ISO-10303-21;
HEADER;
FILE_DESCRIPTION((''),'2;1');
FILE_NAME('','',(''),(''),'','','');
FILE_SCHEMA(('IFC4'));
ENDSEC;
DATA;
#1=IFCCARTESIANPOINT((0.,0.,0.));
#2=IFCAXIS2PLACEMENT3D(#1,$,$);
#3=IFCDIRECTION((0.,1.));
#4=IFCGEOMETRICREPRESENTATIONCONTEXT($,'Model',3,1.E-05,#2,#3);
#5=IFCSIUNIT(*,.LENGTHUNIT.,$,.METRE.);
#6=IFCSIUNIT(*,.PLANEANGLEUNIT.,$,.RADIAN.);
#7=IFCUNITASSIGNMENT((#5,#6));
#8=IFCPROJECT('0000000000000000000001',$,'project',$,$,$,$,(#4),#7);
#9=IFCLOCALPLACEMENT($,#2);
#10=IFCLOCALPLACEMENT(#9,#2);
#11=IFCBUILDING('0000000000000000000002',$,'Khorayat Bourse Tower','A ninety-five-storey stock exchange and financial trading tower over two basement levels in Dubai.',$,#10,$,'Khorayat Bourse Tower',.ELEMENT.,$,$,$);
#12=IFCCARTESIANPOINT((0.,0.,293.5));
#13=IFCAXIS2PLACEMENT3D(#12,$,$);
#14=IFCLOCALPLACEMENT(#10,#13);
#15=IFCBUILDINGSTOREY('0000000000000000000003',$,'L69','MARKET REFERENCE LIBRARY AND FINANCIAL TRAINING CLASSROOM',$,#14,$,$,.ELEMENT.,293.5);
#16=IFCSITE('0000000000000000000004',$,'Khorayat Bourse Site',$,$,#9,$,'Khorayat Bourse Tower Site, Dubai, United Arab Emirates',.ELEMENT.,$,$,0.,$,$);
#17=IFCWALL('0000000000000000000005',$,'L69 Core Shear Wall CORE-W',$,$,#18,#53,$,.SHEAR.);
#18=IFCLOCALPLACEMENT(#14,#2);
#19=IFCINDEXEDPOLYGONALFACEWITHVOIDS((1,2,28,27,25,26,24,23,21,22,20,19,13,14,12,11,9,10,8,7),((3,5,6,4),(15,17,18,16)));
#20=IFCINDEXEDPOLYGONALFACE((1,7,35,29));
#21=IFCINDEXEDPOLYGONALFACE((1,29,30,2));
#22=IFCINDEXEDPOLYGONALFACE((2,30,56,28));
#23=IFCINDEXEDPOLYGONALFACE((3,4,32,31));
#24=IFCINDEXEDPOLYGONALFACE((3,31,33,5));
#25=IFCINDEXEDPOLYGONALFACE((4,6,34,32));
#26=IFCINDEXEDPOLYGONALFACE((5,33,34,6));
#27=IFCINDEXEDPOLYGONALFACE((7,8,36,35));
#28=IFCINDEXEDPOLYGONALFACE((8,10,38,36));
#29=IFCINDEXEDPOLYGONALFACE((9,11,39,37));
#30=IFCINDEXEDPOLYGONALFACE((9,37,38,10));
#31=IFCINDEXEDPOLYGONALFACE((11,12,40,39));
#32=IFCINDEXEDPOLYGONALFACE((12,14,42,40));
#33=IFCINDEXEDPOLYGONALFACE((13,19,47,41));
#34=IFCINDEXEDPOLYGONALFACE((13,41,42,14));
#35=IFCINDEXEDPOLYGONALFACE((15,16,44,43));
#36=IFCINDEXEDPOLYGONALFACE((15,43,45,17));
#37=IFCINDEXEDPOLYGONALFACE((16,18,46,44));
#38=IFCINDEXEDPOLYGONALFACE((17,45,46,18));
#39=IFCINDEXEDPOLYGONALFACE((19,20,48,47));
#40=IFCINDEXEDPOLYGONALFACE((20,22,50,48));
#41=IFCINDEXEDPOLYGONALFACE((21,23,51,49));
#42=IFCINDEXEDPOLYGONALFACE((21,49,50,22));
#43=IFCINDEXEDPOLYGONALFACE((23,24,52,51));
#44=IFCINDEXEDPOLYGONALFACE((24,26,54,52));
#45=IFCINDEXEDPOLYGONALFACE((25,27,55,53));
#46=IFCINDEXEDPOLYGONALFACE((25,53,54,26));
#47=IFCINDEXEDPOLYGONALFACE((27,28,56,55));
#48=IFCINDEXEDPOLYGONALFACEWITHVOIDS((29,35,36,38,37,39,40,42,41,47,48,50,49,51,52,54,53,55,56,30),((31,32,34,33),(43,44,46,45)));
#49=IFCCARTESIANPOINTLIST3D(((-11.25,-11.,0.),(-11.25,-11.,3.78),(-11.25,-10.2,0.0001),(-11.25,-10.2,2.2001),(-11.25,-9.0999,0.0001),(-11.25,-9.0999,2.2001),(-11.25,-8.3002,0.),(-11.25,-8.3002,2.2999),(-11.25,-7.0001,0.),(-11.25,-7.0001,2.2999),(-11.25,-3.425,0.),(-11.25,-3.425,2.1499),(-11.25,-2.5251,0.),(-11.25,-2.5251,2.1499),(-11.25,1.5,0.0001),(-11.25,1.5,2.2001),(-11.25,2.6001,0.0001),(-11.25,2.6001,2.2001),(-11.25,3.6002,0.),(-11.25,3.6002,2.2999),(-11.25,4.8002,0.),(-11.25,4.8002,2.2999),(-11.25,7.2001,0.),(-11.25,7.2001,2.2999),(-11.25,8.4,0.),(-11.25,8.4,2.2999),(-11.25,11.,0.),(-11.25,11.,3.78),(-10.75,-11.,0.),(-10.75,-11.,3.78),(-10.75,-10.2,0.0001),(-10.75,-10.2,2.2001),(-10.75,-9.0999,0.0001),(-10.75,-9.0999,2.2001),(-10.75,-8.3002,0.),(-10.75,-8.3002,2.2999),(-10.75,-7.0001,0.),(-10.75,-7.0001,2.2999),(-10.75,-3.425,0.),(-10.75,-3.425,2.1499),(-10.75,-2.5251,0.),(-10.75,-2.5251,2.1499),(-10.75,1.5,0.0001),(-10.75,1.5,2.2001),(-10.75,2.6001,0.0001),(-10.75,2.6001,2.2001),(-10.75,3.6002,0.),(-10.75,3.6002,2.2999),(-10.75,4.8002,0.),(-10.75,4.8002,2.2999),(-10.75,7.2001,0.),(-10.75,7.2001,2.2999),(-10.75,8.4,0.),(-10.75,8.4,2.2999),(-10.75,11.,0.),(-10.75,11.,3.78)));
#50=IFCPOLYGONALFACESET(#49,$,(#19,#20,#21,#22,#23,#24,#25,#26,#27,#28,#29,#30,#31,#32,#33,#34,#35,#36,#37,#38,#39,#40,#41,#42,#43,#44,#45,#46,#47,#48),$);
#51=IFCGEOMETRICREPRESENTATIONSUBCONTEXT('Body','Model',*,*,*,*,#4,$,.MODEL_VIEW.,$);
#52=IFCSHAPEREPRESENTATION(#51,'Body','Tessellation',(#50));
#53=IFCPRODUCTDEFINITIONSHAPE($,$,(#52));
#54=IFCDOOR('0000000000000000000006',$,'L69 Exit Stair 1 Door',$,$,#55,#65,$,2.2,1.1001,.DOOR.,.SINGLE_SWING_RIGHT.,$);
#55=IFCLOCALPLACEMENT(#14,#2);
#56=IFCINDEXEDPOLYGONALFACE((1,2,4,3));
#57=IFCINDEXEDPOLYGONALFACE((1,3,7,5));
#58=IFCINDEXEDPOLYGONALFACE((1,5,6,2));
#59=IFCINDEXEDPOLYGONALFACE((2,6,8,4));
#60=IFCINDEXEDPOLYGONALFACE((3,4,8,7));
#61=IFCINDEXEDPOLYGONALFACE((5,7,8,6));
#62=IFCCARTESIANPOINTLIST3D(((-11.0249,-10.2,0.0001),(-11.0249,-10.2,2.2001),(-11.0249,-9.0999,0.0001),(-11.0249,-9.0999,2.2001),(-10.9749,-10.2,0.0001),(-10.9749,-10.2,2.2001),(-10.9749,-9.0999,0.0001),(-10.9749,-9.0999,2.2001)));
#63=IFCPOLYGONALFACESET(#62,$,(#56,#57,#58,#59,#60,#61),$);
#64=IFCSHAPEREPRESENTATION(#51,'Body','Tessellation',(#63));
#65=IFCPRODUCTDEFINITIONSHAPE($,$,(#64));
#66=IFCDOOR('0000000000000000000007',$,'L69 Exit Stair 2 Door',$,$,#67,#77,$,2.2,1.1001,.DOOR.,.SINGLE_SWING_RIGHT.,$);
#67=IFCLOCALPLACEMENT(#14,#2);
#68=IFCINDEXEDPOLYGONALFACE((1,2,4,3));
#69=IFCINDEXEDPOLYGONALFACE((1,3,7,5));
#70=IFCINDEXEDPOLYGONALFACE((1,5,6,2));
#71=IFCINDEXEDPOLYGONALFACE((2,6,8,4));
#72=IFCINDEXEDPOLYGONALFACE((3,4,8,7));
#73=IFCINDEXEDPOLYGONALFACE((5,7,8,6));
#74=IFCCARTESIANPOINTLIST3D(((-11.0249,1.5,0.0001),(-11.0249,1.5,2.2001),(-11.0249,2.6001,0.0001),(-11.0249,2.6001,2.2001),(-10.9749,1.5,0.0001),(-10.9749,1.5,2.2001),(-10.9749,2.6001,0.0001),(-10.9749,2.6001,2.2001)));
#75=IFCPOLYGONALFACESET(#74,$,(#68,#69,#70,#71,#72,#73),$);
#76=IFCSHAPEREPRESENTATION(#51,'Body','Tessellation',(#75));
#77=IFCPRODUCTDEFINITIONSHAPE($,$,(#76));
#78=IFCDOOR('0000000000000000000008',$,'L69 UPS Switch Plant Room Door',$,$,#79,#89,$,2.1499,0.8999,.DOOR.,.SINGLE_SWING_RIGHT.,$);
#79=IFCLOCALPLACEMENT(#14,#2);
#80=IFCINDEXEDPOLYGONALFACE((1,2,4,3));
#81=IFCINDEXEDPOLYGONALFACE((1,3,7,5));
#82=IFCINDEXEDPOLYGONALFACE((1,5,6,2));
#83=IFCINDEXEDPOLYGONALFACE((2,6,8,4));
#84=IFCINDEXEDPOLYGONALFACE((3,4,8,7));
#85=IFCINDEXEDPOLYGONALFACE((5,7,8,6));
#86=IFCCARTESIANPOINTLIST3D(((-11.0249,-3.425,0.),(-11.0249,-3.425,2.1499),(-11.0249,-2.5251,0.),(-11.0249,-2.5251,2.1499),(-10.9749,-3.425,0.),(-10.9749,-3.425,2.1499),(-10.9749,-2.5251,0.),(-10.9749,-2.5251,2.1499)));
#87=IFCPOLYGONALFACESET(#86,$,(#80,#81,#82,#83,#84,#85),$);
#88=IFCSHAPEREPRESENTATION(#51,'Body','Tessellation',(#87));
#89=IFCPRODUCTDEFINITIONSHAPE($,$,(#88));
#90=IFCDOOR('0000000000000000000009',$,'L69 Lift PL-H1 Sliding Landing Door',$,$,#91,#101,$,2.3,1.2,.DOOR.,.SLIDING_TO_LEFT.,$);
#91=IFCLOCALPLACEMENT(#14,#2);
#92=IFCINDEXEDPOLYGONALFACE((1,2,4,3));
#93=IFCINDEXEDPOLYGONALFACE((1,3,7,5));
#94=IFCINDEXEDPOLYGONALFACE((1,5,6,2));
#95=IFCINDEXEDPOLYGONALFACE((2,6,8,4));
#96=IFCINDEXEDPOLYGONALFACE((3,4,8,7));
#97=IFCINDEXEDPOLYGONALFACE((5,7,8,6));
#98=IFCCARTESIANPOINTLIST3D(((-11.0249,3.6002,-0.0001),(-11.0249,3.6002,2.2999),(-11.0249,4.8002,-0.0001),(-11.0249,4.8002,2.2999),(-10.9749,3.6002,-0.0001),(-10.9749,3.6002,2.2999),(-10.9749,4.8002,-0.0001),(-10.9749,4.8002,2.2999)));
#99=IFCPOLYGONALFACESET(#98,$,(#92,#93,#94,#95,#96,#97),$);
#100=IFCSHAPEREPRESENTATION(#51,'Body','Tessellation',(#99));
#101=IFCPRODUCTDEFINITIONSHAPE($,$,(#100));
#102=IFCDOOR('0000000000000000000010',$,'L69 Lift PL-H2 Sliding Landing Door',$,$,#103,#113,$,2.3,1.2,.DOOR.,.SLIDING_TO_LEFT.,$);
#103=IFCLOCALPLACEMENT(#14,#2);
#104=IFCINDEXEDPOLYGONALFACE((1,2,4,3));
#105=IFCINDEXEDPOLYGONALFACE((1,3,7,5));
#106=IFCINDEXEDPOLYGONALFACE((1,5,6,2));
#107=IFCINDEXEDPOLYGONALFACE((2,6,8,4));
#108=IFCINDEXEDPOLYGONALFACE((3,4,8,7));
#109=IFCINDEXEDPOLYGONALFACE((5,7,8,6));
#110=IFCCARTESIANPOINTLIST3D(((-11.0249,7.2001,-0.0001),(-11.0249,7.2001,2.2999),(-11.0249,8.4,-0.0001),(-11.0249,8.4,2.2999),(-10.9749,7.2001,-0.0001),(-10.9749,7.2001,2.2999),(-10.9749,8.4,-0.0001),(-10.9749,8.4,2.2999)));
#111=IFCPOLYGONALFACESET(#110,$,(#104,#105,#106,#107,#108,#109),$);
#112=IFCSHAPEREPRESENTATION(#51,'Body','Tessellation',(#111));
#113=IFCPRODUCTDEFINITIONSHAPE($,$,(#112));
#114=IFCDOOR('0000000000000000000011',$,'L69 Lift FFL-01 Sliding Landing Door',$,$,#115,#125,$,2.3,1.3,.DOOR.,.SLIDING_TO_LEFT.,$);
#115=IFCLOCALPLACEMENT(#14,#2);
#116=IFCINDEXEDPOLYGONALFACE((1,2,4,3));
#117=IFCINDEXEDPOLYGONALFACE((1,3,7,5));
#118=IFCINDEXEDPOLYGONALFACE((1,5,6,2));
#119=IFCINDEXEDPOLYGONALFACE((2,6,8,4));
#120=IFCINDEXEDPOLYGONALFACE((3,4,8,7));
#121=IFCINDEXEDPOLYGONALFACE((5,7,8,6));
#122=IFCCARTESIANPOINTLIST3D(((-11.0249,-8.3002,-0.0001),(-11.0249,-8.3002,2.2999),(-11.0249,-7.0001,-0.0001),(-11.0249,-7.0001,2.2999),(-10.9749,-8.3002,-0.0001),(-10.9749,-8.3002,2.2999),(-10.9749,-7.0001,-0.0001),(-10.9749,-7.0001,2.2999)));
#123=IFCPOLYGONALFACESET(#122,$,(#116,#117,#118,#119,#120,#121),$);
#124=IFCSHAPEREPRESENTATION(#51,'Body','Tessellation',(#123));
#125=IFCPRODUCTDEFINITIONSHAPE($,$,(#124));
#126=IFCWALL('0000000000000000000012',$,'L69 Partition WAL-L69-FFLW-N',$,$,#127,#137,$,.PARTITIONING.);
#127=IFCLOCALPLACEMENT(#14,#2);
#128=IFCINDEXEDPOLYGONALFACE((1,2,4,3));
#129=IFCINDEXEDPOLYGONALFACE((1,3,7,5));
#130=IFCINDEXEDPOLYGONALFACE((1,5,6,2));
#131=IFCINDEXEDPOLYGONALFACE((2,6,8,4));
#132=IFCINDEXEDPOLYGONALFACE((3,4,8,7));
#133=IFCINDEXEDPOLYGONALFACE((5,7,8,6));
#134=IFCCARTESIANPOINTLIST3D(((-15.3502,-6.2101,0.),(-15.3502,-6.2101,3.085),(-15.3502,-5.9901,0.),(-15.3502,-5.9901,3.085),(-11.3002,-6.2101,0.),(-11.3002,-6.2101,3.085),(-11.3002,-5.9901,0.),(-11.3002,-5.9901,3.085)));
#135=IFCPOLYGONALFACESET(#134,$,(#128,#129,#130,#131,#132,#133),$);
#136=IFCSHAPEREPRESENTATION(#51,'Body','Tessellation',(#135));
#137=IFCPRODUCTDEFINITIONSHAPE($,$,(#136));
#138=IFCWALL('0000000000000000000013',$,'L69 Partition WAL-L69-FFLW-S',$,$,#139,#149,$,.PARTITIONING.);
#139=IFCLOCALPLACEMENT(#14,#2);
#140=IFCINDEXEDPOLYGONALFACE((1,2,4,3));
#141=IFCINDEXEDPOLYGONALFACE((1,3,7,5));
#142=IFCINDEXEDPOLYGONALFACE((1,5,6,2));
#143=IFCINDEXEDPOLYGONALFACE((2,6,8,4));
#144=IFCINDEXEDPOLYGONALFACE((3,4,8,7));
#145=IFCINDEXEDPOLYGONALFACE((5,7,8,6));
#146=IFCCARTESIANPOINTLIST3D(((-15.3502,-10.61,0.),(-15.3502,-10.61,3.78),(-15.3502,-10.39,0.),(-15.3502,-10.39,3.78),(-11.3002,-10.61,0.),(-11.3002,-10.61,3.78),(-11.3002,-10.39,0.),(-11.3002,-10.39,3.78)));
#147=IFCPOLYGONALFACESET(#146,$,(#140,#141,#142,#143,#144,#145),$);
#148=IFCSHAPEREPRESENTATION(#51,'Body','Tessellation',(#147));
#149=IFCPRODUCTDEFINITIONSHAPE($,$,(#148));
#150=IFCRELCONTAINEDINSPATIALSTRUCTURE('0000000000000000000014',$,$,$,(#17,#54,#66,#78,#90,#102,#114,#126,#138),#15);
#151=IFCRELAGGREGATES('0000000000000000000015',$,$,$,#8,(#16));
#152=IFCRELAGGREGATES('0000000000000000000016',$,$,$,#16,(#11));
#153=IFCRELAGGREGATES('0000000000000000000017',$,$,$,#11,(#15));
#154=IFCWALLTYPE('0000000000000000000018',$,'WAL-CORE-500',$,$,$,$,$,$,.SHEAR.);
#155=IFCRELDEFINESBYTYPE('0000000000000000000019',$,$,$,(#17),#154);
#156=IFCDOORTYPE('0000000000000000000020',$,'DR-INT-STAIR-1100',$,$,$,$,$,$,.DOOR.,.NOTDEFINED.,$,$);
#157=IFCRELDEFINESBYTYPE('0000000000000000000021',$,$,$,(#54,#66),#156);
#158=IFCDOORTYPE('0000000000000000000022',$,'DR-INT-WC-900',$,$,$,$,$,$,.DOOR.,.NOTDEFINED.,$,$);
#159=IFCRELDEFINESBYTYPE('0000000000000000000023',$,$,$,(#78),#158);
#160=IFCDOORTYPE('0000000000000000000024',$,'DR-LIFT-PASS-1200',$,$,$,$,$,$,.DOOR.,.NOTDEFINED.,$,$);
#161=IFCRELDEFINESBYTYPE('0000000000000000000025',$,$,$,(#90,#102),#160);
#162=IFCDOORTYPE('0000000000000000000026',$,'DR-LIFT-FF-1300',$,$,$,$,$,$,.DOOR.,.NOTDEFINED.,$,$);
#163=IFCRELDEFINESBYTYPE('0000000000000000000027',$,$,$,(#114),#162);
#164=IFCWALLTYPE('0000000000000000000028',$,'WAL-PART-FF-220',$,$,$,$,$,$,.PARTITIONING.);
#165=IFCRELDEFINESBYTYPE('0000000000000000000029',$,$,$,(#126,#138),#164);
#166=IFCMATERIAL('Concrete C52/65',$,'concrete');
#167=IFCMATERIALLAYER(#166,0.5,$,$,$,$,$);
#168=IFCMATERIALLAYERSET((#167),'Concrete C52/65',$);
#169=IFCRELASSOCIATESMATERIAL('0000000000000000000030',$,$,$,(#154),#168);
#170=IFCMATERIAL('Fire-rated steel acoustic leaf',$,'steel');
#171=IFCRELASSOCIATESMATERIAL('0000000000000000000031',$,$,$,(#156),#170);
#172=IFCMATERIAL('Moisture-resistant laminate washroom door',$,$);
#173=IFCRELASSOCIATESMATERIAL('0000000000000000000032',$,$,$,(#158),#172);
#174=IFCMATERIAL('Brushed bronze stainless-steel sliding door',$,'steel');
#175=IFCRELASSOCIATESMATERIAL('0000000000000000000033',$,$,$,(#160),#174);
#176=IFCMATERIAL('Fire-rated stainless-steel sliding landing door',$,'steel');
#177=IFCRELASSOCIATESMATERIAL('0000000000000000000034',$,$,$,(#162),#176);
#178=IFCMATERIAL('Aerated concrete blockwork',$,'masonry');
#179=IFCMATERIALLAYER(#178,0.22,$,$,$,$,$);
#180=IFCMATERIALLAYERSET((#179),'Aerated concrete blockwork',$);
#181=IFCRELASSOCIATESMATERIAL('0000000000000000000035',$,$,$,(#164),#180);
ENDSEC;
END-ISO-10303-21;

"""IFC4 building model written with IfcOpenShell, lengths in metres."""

from ifc_helpers import new_model, si_unit, direction, frame, frame_2d, origin, place, context, subcontext, project, spatial, rectangle, extrude, source, transform, mapped, material, layer, layer_set, type_object, element, fill, save


model = new_model("IFC4")

# Units and contexts
model_context = context("Model", 3, precision=1e-05, world=origin(), true_north=direction((0.0, 1.0)))
body_context = subcontext(model_context, "Body", "Model", "MODEL_VIEW")
ifc_project = project(units=[si_unit("LENGTHUNIT", "METRE"), si_unit("PLANEANGLEUNIT", "RADIAN")], contexts=[model_context])

# Site, building, storey
site_placement = place(None, origin())
site = spatial("IfcSite", under=ifc_project, at=site_placement, Name="Khorayat Bourse Site", LongName="Khorayat Bourse Tower Site, Dubai, United Arab Emirates", CompositionType="ELEMENT", RefElevation=0.0)
building_placement = place(site_placement, origin())
building = spatial("IfcBuilding", under=site, at=building_placement, Name="Khorayat Bourse Tower", Description="A ninety-five-storey stock exchange and financial trading tower over two basement levels in Dubai.", LongName="Khorayat Bourse Tower", CompositionType="ELEMENT")
storey_placement = place(building_placement, frame((0.0, 0.0, 293.5)))
storey = spatial("IfcBuildingStorey", under=building, at=storey_placement, Name="L69", Description="MARKET REFERENCE LIBRARY AND FINANCIAL TRAINING CLASSROOM", CompositionType="ELEMENT", Elevation=293.5)

# Shared definitions
ifc_material_1 = material(Name="Concrete C52/65", Category="concrete")

# Wall, openings, doors
ifc_layer_1 = layer(ifc_material_1, 0.5)
ifc_layer_set_1 = layer_set([ifc_layer_1], Name="Concrete C52/65")
wall_type_1 = type_object("IfcWallType", Name="WAL-CORE-500", PredefinedType="SHEAR", material=ifc_layer_set_1)
shared_shape_1 = source(origin(), body_context, "Body", "SweptSolid", [
    extrude(rectangle(XDim=22.0, YDim=0.5, at=frame_2d((11.0, 0.0))), origin(), (0.0, 0.0, 1.0), 3.78),
])
wall_1_placement = place(storey_placement, frame((-11.0, -11.0, 0.0), z_axis=(0.0, 0.0, 1.0), x_axis=(0.0, 1.0, 0.0)))
wall_1 = element("IfcWall", 1, at=wall_1_placement, inside=storey, type_object=wall_type_1, Name="L69 Core Shear Wall CORE-W", PredefinedType="SHEAR", context=body_context, shape_type="MappedRepresentation", body=[
    mapped(shared_shape_1, transform((0.0, 0.0, 0.0), scale=1.0)),
])
shared_shape_2 = source(origin(), body_context, "Body", "SweptSolid", [
    extrude(rectangle(XDim=1.1001, YDim=2.2, at=frame_2d((0.55, 1.1001))), frame((0.0, 0.26, 0.0), z_axis=(0.0, -1.0, 0.0), x_axis=(1.0, 0.0, 0.0)), (0.0, 0.0, 1.0), 0.52),
])
opening_1_placement = place(wall_1_placement, frame((0.8, 0.0, 0.0)))
opening_1 = element("IfcOpeningElement", 2, at=opening_1_placement, cuts=wall_1, PredefinedType="OPENING", context=body_context, shape_type="MappedRepresentation", body=[
    mapped(shared_shape_2, transform((0.0, 0.0, 0.0), scale=1.0)),
])
opening_2_placement = place(wall_1_placement, frame((12.5, 0.0, 0.0)))
opening_2 = element("IfcOpeningElement", 3, at=opening_2_placement, cuts=wall_1, PredefinedType="OPENING", context=body_context, shape_type="MappedRepresentation", body=[
    mapped(shared_shape_2, transform((0.0, 0.0, 0.0), scale=1.0)),
])
shared_shape_3 = source(origin(), body_context, "Body", "SweptSolid", [
    extrude(rectangle(XDim=0.8999, YDim=2.1499, at=frame_2d((0.45, 1.075))), frame((0.0, 0.26, 0.0), z_axis=(0.0, -1.0, 0.0), x_axis=(1.0, 0.0, 0.0)), (0.0, 0.0, 1.0), 0.52),
])
opening_3_placement = place(wall_1_placement, frame((7.575, 0.0, 0.0)))
opening_3 = element("IfcOpeningElement", 4, at=opening_3_placement, cuts=wall_1, PredefinedType="OPENING", context=body_context, shape_type="MappedRepresentation", body=[
    mapped(shared_shape_3, transform((0.0, 0.0, 0.0), scale=1.0)),
])
shared_shape_4 = source(origin(), body_context, "Body", "SweptSolid", [
    extrude(rectangle(XDim=1.2, YDim=2.3, at=frame_2d((0.6001, 1.1499))), frame((0.0, 0.26, 0.0), z_axis=(0.0, -1.0, 0.0), x_axis=(1.0, 0.0, 0.0)), (0.0, 0.0, 1.0), 0.52),
])
opening_4_placement = place(wall_1_placement, frame((14.6001, 0.0, 0.0)))
opening_4 = element("IfcOpeningElement", 5, at=opening_4_placement, cuts=wall_1, PredefinedType="OPENING", context=body_context, shape_type="MappedRepresentation", body=[
    mapped(shared_shape_4, transform((0.0, 0.0, 0.0), scale=1.0)),
])
opening_5_placement = place(wall_1_placement, frame((18.2, 0.0, 0.0)))
opening_5 = element("IfcOpeningElement", 6, at=opening_5_placement, cuts=wall_1, PredefinedType="OPENING", context=body_context, shape_type="MappedRepresentation", body=[
    mapped(shared_shape_4, transform((0.0, 0.0, 0.0), scale=1.0)),
])
shared_shape_5 = source(origin(), body_context, "Body", "SweptSolid", [
    extrude(rectangle(XDim=1.3, YDim=2.3, at=frame_2d((0.6499, 1.1499))), frame((0.0, 0.26, 0.0), z_axis=(0.0, -1.0, 0.0), x_axis=(1.0, 0.0, 0.0)), (0.0, 0.0, 1.0), 0.52),
])
opening_6_placement = place(wall_1_placement, frame((2.7, 0.0, 0.0)))
opening_6 = element("IfcOpeningElement", 7, at=opening_6_placement, cuts=wall_1, PredefinedType="OPENING", context=body_context, shape_type="MappedRepresentation", body=[
    mapped(shared_shape_5, transform((0.0, 0.0, 0.0), scale=1.0)),
])
ifc_material_2 = material(Name="Fire-rated steel acoustic leaf", Category="steel")
door_type_1 = type_object("IfcDoorType", Name="DR-INT-STAIR-1100", OperationType="NOTDEFINED", PredefinedType="DOOR", material=ifc_material_2)
shared_shape_6 = source(origin(), body_context, "Body", "SweptSolid", [
    extrude(rectangle(XDim=1.1001, YDim=2.2, at=frame_2d((0.55, 1.1001))), frame((0.0, 0.0249, 0.0), z_axis=(0.0, -1.0, 0.0), x_axis=(1.0, 0.0, 0.0)), (0.0, 0.0, 1.0), 0.05),
])
door_1_placement = place(opening_1_placement, origin())
door_1 = element("IfcDoor", 8, at=door_1_placement, inside=storey, type_object=door_type_1, Name="L69 Exit Stair 1 Door", OperationType="SINGLE_SWING_RIGHT", OverallHeight=2.2, OverallWidth=1.1001, PredefinedType="DOOR", context=body_context, shape_type="MappedRepresentation", body=[
    mapped(shared_shape_6, transform((0.0, 0.0, 0.0), scale=1.0)),
])
fill(opening_1, door_1)
door_2_placement = place(opening_2_placement, origin())
door_2 = element("IfcDoor", 9, at=door_2_placement, inside=storey, type_object=door_type_1, Name="L69 Exit Stair 2 Door", OperationType="SINGLE_SWING_RIGHT", OverallHeight=2.2, OverallWidth=1.1001, PredefinedType="DOOR", context=body_context, shape_type="MappedRepresentation", body=[
    mapped(shared_shape_6, transform((0.0, 0.0, 0.0), scale=1.0)),
])
fill(opening_2, door_2)
ifc_material_3 = material(Name="Moisture-resistant laminate washroom door")
door_type_2 = type_object("IfcDoorType", Name="DR-INT-WC-900", OperationType="NOTDEFINED", PredefinedType="DOOR", material=ifc_material_3)
shared_shape_7 = source(origin(), body_context, "Body", "SweptSolid", [
    extrude(rectangle(XDim=0.8999, YDim=2.1499, at=frame_2d((0.45, 1.075))), frame((0.0, 0.0249, 0.0), z_axis=(0.0, -1.0, 0.0), x_axis=(1.0, 0.0, 0.0)), (0.0, 0.0, 1.0), 0.05),
])
door_3_placement = place(opening_3_placement, origin())
door_3 = element("IfcDoor", 10, at=door_3_placement, inside=storey, type_object=door_type_2, Name="L69 UPS Switch Plant Room Door", OperationType="SINGLE_SWING_RIGHT", OverallHeight=2.1499, OverallWidth=0.8999, PredefinedType="DOOR", context=body_context, shape_type="MappedRepresentation", body=[
    mapped(shared_shape_7, transform((0.0, 0.0, 0.0), scale=1.0)),
])
fill(opening_3, door_3)
ifc_material_4 = material(Name="Brushed bronze stainless-steel sliding door", Category="steel")
door_type_3 = type_object("IfcDoorType", Name="DR-LIFT-PASS-1200", OperationType="NOTDEFINED", PredefinedType="DOOR", material=ifc_material_4)
shared_shape_8 = source(origin(), body_context, "Body", "SweptSolid", [
    extrude(rectangle(XDim=1.2, YDim=2.3, at=frame_2d((0.6001, 1.1499))), frame((0.0, 0.0249, 0.0), z_axis=(0.0, -1.0, 0.0), x_axis=(1.0, 0.0, 0.0)), (0.0, 0.0, 1.0), 0.05),
])
door_4_placement = place(opening_4_placement, origin())
door_4 = element("IfcDoor", 11, at=door_4_placement, inside=storey, type_object=door_type_3, Name="L69 Lift PL-H1 Sliding Landing Door", OperationType="SLIDING_TO_LEFT", OverallHeight=2.3, OverallWidth=1.2, PredefinedType="DOOR", context=body_context, shape_type="MappedRepresentation", body=[
    mapped(shared_shape_8, transform((0.0, 0.0, 0.0), scale=1.0)),
])
fill(opening_4, door_4)
door_5_placement = place(opening_5_placement, origin())
door_5 = element("IfcDoor", 12, at=door_5_placement, inside=storey, type_object=door_type_3, Name="L69 Lift PL-H2 Sliding Landing Door", OperationType="SLIDING_TO_LEFT", OverallHeight=2.3, OverallWidth=1.2, PredefinedType="DOOR", context=body_context, shape_type="MappedRepresentation", body=[
    mapped(shared_shape_8, transform((0.0, 0.0, 0.0), scale=1.0)),
])
fill(opening_5, door_5)
ifc_material_5 = material(Name="Fire-rated stainless-steel sliding landing door", Category="steel")
door_type_4 = type_object("IfcDoorType", Name="DR-LIFT-FF-1300", OperationType="NOTDEFINED", PredefinedType="DOOR", material=ifc_material_5)
shared_shape_9 = source(origin(), body_context, "Body", "SweptSolid", [
    extrude(rectangle(XDim=1.3, YDim=2.3, at=frame_2d((0.6499, 1.1499))), frame((0.0, 0.0249, 0.0), z_axis=(0.0, -1.0, 0.0), x_axis=(1.0, 0.0, 0.0)), (0.0, 0.0, 1.0), 0.05),
])
door_6_placement = place(opening_6_placement, origin())
door_6 = element("IfcDoor", 13, at=door_6_placement, inside=storey, type_object=door_type_4, Name="L69 Lift FFL-01 Sliding Landing Door", OperationType="SLIDING_TO_LEFT", OverallHeight=2.3, OverallWidth=1.3, PredefinedType="DOOR", context=body_context, shape_type="MappedRepresentation", body=[
    mapped(shared_shape_9, transform((0.0, 0.0, 0.0), scale=1.0)),
])
fill(opening_6, door_6)

# Walls
ifc_material_6 = material(Name="Aerated concrete blockwork", Category="masonry")
ifc_layer_2 = layer(ifc_material_6, 0.22)
ifc_layer_set_2 = layer_set([ifc_layer_2], Name="Aerated concrete blockwork")
wall_type_2 = type_object("IfcWallType", Name="WAL-PART-FF-220", PredefinedType="PARTITIONING", material=ifc_layer_set_2)
shared_shape_10 = source(origin(), body_context, "Body", "SweptSolid", [
    extrude(rectangle(XDim=4.05, YDim=0.22, at=frame_2d((2.0249, 0.0))), origin(), (0.0, 0.0, 1.0), 3.085),
])
wall_2_placement = place(storey_placement, frame((-15.3501, -6.1001, 0.0), z_axis=(0.0, 0.0, 1.0), x_axis=(1.0, 0.0, 0.0)))
element("IfcWall", 14, at=wall_2_placement, inside=storey, type_object=wall_type_2, Name="L69 Partition WAL-L69-FFLW-N", PredefinedType="PARTITIONING", context=body_context, shape_type="MappedRepresentation", body=[
    mapped(shared_shape_10, transform((0.0, 0.0, 0.0), scale=1.0)),
])
shared_shape_11 = source(origin(), body_context, "Body", "SweptSolid", [
    extrude(rectangle(XDim=4.05, YDim=0.22, at=frame_2d((2.0249, 0.0))), origin(), (0.0, 0.0, 1.0), 3.78),
])
wall_3_placement = place(storey_placement, frame((-15.3501, -10.5, 0.0), z_axis=(0.0, 0.0, 1.0), x_axis=(1.0, 0.0, 0.0)))
element("IfcWall", 15, at=wall_3_placement, inside=storey, type_object=wall_type_2, Name="L69 Partition WAL-L69-FFLW-S", PredefinedType="PARTITIONING", context=body_context, shape_type="MappedRepresentation", body=[
    mapped(shared_shape_11, transform((0.0, 0.0, 0.0), scale=1.0)),
])

save(model, "model.ifc")
